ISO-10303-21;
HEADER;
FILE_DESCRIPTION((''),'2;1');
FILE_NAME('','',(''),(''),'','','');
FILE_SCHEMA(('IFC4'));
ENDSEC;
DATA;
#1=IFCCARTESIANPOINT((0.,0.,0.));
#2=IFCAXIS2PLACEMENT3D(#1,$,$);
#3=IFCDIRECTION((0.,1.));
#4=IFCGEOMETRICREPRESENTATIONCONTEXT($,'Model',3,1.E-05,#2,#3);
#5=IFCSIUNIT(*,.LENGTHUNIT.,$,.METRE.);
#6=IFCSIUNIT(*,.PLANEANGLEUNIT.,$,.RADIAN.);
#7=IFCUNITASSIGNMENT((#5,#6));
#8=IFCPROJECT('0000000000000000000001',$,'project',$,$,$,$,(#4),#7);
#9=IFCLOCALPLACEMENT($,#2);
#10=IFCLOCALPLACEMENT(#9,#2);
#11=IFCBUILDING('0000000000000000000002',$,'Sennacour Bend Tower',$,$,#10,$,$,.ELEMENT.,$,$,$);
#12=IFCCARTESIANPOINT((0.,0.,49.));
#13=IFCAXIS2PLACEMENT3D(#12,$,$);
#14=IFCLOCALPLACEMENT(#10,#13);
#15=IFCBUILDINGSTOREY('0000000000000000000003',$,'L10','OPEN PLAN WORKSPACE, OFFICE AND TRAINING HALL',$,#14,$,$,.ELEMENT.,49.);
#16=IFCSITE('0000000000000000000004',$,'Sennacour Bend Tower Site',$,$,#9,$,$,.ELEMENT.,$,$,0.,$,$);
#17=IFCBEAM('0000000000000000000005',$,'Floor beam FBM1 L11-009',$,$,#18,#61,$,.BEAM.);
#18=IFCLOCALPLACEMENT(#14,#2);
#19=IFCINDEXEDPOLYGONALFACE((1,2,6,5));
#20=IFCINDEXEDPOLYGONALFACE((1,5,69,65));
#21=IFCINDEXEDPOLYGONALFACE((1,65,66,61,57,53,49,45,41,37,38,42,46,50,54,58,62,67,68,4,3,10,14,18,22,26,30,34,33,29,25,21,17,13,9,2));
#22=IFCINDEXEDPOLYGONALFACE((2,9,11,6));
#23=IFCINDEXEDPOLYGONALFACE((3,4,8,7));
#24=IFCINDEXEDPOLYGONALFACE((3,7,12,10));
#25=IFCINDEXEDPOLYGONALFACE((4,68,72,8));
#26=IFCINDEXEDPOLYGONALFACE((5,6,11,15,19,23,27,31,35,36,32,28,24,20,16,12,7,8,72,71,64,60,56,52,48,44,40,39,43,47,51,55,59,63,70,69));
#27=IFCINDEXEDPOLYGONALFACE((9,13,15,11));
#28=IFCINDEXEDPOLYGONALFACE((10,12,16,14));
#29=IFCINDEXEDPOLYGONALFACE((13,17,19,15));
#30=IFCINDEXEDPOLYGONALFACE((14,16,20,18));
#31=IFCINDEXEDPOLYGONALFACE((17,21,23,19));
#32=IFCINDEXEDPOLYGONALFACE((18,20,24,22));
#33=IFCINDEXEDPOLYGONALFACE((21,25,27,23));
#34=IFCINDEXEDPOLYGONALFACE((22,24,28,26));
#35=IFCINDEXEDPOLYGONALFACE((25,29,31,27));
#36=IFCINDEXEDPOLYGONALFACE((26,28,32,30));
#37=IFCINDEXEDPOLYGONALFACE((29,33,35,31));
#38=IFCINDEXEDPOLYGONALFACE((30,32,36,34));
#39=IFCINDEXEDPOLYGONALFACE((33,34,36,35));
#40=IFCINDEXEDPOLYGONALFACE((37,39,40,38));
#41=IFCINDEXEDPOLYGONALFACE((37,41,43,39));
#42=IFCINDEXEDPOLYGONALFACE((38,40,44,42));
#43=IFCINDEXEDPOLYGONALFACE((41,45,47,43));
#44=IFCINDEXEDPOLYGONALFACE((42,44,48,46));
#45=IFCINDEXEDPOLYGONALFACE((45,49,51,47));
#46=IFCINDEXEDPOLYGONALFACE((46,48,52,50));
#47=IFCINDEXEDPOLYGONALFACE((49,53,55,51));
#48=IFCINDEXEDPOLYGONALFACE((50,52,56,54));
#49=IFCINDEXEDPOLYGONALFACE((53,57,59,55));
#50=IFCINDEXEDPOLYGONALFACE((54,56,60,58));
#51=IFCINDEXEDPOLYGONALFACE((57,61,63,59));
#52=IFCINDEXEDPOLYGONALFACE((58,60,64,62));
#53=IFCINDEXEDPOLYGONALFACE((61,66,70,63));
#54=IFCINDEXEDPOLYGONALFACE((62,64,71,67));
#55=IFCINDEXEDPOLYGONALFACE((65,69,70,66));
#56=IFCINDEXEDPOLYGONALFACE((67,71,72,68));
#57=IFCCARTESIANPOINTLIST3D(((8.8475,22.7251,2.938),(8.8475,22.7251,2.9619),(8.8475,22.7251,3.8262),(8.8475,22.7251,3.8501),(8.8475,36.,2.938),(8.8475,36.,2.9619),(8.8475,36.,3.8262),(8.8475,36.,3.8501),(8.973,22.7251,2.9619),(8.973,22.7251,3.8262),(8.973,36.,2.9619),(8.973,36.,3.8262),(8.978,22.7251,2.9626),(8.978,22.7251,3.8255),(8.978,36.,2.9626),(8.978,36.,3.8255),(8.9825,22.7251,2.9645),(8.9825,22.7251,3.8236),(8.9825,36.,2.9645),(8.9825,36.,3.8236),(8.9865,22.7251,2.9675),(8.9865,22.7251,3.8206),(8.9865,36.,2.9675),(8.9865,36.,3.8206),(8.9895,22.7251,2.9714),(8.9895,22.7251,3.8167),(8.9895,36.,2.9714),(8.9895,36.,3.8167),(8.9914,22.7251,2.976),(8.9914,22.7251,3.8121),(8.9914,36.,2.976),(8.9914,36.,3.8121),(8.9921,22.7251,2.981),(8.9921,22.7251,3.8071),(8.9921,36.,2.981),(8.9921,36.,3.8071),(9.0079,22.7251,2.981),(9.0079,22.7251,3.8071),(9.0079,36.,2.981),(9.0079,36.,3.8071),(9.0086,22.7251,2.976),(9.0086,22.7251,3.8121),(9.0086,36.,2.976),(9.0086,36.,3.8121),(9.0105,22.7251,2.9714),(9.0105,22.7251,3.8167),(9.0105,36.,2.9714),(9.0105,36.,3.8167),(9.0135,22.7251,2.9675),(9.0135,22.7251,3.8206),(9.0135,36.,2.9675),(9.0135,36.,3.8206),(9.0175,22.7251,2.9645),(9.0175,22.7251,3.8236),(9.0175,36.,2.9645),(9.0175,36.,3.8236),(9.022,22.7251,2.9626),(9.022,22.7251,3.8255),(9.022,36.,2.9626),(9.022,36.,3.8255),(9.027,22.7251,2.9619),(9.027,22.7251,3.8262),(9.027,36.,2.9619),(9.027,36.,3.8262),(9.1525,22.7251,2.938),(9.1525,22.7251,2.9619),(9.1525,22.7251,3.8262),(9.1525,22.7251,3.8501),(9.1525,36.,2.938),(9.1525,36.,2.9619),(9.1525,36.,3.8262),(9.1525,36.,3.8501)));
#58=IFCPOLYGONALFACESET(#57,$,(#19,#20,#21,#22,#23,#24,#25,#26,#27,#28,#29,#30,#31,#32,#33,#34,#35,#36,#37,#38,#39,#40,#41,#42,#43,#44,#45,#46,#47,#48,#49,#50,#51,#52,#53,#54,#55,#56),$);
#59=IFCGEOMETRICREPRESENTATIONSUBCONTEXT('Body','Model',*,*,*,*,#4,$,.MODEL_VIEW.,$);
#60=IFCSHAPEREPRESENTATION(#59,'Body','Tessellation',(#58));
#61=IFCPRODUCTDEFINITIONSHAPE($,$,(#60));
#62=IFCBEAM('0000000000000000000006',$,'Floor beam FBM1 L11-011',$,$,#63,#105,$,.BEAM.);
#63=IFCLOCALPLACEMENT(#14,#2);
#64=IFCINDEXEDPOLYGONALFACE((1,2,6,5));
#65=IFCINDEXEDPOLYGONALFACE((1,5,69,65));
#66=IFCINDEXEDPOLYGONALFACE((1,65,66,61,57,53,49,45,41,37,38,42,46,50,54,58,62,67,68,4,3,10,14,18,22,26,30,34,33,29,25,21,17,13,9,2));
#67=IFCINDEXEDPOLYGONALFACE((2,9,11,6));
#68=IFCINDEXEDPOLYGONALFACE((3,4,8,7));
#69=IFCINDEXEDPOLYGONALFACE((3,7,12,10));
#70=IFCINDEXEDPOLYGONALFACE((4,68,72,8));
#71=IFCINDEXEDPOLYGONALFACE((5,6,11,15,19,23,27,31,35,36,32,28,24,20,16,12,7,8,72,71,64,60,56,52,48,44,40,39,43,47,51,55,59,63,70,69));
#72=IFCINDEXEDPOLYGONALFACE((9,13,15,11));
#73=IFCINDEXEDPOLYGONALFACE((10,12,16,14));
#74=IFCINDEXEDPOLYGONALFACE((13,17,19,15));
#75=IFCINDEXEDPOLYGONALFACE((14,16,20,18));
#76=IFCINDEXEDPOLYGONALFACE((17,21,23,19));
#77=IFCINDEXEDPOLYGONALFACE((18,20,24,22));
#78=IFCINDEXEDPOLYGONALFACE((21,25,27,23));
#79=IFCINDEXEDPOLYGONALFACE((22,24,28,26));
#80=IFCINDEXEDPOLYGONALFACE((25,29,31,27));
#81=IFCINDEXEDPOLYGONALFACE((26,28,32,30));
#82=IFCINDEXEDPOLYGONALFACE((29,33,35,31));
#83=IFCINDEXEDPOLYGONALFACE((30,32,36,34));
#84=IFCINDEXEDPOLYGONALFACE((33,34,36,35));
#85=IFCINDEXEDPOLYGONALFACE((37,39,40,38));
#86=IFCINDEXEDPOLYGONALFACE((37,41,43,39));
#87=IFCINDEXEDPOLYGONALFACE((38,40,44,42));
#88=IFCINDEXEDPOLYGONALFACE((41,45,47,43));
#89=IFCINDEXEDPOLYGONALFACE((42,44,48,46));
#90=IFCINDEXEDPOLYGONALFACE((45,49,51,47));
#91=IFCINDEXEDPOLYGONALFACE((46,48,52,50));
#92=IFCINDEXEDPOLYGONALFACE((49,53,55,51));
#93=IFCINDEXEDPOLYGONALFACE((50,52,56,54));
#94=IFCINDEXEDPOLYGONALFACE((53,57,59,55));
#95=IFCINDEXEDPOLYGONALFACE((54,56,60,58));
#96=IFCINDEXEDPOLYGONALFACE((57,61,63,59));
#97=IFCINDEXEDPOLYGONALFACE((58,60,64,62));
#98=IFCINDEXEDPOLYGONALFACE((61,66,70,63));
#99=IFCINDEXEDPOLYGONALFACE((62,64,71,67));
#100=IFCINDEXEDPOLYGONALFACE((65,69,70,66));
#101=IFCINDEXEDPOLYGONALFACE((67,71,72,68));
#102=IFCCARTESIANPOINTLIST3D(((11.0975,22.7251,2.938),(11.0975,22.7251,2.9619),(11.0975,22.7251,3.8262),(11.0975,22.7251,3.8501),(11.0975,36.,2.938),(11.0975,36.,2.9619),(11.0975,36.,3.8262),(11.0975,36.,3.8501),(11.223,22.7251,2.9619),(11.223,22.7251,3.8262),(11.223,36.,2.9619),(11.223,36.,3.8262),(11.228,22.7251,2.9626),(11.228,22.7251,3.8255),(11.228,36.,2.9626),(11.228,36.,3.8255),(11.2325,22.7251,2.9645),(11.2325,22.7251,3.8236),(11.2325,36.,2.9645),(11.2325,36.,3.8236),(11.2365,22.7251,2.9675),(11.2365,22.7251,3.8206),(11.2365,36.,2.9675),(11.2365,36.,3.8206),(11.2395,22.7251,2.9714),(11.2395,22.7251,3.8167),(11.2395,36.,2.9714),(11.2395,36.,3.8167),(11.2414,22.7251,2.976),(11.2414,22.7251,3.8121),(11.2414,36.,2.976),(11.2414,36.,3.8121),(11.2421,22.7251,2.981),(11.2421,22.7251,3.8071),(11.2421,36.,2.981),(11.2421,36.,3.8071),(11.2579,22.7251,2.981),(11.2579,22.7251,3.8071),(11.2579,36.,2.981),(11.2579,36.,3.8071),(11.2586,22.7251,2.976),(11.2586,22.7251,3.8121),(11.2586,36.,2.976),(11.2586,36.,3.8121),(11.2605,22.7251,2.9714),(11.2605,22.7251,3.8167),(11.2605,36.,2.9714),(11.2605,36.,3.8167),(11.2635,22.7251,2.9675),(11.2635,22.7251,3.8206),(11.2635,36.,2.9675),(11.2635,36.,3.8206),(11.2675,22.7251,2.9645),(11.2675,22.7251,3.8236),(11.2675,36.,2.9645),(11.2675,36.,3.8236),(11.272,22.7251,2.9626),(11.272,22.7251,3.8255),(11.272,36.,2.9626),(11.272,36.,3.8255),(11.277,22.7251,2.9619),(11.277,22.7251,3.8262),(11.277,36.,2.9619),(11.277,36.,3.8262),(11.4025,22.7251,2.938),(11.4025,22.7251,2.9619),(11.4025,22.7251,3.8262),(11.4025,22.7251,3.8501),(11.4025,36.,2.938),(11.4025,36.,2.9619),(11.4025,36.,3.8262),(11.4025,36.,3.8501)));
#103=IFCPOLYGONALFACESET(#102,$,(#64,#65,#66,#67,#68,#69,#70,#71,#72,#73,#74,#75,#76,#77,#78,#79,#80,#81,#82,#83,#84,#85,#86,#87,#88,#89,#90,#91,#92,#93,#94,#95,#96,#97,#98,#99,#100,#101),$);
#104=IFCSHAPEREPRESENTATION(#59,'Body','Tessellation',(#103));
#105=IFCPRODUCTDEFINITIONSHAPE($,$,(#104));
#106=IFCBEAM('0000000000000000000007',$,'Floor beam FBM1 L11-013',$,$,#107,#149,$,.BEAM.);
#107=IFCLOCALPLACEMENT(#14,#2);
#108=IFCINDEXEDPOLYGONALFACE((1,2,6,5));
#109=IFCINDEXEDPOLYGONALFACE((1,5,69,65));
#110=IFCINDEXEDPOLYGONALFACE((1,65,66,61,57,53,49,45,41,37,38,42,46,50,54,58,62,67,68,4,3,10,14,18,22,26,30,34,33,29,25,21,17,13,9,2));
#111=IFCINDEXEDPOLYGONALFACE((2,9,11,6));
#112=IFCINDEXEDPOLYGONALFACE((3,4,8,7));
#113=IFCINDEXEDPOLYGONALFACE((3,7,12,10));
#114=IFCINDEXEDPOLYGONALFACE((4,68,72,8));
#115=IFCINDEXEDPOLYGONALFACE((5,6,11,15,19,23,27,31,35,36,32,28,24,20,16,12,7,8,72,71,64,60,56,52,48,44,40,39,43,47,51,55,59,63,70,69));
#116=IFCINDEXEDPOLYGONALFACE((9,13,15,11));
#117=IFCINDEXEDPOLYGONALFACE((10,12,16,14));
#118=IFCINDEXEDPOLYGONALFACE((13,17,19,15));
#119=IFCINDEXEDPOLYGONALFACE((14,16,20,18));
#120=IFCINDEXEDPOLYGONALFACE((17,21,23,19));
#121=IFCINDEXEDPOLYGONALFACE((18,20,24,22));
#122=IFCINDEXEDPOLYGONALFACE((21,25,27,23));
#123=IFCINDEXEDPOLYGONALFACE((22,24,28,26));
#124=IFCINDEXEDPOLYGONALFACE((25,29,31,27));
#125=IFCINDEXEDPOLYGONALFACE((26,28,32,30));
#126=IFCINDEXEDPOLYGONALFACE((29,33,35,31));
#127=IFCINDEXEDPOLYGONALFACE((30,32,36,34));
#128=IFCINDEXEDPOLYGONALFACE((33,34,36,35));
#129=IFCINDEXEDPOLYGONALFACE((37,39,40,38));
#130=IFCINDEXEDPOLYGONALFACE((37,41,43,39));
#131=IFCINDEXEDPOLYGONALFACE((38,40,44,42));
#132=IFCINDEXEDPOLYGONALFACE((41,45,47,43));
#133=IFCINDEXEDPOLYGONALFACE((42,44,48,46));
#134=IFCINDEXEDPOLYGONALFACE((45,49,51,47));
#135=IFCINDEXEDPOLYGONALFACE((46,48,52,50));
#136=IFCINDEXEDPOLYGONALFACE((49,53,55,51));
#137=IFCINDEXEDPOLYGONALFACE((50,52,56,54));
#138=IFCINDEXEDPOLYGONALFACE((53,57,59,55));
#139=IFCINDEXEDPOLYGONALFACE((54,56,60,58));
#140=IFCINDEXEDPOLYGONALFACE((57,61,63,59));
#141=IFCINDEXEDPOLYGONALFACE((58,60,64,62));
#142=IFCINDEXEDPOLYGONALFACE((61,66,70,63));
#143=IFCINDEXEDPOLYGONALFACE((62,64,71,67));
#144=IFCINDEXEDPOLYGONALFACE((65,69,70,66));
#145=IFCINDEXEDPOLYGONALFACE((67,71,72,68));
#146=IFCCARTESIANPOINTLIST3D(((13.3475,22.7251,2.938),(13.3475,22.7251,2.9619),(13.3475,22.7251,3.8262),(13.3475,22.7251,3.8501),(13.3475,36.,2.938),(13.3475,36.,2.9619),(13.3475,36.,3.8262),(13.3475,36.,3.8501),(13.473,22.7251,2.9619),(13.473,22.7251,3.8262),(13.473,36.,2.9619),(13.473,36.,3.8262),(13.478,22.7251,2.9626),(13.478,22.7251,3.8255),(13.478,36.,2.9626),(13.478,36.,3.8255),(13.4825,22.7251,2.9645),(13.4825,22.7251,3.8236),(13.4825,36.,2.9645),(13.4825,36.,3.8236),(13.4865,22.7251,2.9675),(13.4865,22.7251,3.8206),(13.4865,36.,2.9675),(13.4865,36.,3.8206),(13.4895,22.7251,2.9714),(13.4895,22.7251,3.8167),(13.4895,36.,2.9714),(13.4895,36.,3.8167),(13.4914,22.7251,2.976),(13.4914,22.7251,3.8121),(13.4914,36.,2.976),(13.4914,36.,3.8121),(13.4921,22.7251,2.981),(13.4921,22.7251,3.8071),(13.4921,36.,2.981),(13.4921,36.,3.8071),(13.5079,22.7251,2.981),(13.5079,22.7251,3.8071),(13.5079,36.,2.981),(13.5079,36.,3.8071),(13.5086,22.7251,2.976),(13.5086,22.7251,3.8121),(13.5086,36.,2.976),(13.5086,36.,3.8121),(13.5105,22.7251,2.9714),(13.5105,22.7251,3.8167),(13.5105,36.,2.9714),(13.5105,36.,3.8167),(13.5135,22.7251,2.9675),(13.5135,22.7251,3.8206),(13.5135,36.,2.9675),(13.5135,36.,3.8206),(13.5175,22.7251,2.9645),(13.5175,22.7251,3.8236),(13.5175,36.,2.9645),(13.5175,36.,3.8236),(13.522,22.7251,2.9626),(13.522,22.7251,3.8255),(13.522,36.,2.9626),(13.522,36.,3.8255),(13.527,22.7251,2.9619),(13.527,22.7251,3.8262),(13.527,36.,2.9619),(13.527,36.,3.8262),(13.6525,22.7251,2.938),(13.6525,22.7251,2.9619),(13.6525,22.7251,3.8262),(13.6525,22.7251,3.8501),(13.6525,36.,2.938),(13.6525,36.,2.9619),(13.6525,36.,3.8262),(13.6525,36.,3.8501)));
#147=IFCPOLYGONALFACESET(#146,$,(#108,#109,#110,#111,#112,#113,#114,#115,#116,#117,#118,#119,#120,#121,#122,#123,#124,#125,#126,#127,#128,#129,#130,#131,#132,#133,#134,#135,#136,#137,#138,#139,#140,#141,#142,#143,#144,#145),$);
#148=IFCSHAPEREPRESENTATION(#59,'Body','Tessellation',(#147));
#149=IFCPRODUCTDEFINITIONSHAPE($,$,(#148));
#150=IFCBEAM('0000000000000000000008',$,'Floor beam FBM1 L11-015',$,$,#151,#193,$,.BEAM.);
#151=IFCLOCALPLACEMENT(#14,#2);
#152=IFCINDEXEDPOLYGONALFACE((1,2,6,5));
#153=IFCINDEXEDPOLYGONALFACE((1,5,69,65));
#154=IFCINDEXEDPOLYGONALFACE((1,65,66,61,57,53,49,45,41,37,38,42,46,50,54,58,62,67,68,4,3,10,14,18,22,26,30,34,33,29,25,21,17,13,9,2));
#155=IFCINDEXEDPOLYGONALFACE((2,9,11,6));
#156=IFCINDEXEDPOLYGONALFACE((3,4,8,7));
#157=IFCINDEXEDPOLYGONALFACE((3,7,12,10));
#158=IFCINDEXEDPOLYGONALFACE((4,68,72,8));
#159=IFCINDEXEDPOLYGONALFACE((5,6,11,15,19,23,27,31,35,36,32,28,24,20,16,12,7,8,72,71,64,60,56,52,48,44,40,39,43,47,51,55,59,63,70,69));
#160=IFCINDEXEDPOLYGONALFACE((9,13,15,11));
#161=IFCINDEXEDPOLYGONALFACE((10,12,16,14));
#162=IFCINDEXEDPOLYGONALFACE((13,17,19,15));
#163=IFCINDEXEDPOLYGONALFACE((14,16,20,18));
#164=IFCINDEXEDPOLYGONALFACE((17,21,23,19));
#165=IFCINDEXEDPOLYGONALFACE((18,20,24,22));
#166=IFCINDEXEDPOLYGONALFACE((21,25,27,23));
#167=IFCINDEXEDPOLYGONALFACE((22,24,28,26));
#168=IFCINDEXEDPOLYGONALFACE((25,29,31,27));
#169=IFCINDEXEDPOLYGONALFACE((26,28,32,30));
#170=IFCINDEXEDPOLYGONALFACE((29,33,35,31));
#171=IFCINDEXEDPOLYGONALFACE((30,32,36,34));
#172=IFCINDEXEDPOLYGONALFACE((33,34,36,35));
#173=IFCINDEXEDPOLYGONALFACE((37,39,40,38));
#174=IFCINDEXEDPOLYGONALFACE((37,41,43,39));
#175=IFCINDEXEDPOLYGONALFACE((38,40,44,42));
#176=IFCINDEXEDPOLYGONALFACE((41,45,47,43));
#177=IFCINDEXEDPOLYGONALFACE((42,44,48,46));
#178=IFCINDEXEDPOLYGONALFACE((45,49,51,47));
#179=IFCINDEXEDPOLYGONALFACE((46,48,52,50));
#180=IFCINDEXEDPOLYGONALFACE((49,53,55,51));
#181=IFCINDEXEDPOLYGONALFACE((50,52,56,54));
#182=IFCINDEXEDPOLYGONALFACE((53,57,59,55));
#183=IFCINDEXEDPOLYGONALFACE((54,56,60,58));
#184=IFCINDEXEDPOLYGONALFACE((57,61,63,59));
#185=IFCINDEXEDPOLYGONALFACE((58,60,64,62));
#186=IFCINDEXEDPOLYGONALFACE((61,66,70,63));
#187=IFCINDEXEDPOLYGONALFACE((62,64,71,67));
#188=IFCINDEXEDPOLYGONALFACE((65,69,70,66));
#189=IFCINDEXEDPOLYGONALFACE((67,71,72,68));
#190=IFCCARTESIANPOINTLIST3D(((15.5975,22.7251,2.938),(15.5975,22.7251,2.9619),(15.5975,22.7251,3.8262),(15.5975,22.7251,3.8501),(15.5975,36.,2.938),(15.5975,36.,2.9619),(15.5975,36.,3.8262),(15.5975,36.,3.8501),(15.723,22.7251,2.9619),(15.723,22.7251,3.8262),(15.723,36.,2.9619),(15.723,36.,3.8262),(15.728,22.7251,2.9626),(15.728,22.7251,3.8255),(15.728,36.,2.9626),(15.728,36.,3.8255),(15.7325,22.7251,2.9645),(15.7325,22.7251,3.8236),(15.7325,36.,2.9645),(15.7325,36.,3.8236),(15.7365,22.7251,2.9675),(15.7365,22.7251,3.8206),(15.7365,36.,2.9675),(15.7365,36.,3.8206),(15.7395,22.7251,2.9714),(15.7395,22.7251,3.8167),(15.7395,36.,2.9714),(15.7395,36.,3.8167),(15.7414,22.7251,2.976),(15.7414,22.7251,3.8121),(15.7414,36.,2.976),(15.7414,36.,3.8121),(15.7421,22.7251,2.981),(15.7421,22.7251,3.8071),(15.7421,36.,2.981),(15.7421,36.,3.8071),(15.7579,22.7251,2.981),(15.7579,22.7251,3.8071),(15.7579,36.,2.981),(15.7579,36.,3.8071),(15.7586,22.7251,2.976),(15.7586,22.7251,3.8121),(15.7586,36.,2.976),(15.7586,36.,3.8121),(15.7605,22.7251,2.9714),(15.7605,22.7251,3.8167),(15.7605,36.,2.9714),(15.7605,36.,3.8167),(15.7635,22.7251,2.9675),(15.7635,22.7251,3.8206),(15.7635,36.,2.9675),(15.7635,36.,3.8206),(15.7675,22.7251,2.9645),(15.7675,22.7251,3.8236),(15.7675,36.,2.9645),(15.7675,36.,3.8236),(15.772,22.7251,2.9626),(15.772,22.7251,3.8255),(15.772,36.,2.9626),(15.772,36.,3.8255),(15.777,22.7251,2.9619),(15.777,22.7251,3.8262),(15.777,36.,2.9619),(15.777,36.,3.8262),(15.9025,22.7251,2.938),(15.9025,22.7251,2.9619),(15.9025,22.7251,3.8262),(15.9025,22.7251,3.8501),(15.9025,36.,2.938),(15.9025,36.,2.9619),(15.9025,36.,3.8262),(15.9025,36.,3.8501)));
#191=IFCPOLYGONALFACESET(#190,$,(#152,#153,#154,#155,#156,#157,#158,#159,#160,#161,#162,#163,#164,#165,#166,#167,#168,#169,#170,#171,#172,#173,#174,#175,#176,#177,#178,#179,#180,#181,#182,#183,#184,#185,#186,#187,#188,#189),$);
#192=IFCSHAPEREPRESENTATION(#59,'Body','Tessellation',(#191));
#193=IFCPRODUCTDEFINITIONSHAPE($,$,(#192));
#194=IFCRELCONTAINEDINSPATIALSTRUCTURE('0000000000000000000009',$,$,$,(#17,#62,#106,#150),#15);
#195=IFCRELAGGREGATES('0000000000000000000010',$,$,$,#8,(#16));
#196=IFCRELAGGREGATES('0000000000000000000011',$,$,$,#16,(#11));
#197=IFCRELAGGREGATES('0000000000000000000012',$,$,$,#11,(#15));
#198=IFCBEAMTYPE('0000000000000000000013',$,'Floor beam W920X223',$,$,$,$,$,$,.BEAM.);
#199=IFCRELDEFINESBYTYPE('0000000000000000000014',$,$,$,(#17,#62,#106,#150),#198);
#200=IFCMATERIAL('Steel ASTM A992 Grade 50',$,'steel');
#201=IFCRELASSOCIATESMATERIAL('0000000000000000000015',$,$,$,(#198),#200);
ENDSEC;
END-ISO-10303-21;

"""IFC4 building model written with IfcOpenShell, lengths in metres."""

from ifc_helpers import new_model, si_unit, direction, frame, origin, origin_2d, place, context, subcontext, project, spatial, i_section, extrude, material, material_profile, profile_set, type_object, element, save


model = new_model("IFC4")

# Units and contexts
model_context = context("Model", 3, precision=1e-05, world=origin(), true_north=direction((0.0, 1.0)))
body_context = subcontext(model_context, "Body", "Model", "MODEL_VIEW")
ifc_project = project(units=[si_unit("LENGTHUNIT", "METRE"), si_unit("PLANEANGLEUNIT", "RADIAN")], contexts=[model_context])

# Site, building, storey
site_placement = place(None, origin())
site = spatial("IfcSite", under=ifc_project, at=site_placement, Name="Sennacour Bend Tower Site", CompositionType="ELEMENT", RefElevation=0.0)
building_placement = place(site_placement, origin())
building = spatial("IfcBuilding", under=site, at=building_placement, Name="Sennacour Bend Tower", CompositionType="ELEMENT")
storey_placement = place(building_placement, frame((0.0, 0.0, 49.0)))
storey = spatial("IfcBuildingStorey", under=building, at=storey_placement, Name="L10", Description="OPEN PLAN WORKSPACE, OFFICE AND TRAINING HALL", CompositionType="ELEMENT", Elevation=49.0)

# Beams
ifc_material_1 = material(Name="Steel ASTM A992 Grade 50", Category="steel")
ifc_material_profile = material_profile(ifc_material_1, i_section(OverallWidth=0.3049, OverallDepth=0.9121, WebThickness=0.0159, FlangeThickness=0.0239, FilletRadius=0.019, at=origin_2d()), Name="Steel ASTM A992 Grade 50", Category="steel")
ifc_profile_set = profile_set([ifc_material_profile], Name="Steel ASTM A992 Grade 50")
beam_type = type_object("IfcBeamType", Name="Floor beam W920X223", PredefinedType="BEAM", material=ifc_profile_set)
for number, where, z_axis, x_axis, name in (
    (1, (9.0, 22.7251, 3.394), (0.0, 1.0, 0.0), (-1.0, 0.0, 0.0), "Floor beam FBM1 L11-009"),
    (2, (11.25, 22.7251, 3.394), (0.0, 1.0, 0.0), (-1.0, 0.0, 0.0), "Floor beam FBM1 L11-011"),
    (3, (13.5, 22.7251, 3.394), (0.0, 1.0, 0.0), (-1.0, 0.0, 0.0), "Floor beam FBM1 L11-013"),
    (4, (15.75, 22.7251, 3.394), (0.0, 1.0, 0.0), (-1.0, 0.0, 0.0), "Floor beam FBM1 L11-015"),
):
    element("IfcBeam", number, at=place(storey_placement, frame(where, z_axis=z_axis, x_axis=x_axis)), inside=storey, type_object=beam_type, Name=name, PredefinedType="BEAM", context=body_context, shape_type="SweptSolid", body=[
        extrude(i_section(OverallWidth=0.3049, OverallDepth=0.9121, WebThickness=0.0159, FlangeThickness=0.0239, FilletRadius=0.019, at=origin_2d()), origin(), (0.0, 0.0, 1.0), 13.2749),
    ])

save(model, "model.ifc")
